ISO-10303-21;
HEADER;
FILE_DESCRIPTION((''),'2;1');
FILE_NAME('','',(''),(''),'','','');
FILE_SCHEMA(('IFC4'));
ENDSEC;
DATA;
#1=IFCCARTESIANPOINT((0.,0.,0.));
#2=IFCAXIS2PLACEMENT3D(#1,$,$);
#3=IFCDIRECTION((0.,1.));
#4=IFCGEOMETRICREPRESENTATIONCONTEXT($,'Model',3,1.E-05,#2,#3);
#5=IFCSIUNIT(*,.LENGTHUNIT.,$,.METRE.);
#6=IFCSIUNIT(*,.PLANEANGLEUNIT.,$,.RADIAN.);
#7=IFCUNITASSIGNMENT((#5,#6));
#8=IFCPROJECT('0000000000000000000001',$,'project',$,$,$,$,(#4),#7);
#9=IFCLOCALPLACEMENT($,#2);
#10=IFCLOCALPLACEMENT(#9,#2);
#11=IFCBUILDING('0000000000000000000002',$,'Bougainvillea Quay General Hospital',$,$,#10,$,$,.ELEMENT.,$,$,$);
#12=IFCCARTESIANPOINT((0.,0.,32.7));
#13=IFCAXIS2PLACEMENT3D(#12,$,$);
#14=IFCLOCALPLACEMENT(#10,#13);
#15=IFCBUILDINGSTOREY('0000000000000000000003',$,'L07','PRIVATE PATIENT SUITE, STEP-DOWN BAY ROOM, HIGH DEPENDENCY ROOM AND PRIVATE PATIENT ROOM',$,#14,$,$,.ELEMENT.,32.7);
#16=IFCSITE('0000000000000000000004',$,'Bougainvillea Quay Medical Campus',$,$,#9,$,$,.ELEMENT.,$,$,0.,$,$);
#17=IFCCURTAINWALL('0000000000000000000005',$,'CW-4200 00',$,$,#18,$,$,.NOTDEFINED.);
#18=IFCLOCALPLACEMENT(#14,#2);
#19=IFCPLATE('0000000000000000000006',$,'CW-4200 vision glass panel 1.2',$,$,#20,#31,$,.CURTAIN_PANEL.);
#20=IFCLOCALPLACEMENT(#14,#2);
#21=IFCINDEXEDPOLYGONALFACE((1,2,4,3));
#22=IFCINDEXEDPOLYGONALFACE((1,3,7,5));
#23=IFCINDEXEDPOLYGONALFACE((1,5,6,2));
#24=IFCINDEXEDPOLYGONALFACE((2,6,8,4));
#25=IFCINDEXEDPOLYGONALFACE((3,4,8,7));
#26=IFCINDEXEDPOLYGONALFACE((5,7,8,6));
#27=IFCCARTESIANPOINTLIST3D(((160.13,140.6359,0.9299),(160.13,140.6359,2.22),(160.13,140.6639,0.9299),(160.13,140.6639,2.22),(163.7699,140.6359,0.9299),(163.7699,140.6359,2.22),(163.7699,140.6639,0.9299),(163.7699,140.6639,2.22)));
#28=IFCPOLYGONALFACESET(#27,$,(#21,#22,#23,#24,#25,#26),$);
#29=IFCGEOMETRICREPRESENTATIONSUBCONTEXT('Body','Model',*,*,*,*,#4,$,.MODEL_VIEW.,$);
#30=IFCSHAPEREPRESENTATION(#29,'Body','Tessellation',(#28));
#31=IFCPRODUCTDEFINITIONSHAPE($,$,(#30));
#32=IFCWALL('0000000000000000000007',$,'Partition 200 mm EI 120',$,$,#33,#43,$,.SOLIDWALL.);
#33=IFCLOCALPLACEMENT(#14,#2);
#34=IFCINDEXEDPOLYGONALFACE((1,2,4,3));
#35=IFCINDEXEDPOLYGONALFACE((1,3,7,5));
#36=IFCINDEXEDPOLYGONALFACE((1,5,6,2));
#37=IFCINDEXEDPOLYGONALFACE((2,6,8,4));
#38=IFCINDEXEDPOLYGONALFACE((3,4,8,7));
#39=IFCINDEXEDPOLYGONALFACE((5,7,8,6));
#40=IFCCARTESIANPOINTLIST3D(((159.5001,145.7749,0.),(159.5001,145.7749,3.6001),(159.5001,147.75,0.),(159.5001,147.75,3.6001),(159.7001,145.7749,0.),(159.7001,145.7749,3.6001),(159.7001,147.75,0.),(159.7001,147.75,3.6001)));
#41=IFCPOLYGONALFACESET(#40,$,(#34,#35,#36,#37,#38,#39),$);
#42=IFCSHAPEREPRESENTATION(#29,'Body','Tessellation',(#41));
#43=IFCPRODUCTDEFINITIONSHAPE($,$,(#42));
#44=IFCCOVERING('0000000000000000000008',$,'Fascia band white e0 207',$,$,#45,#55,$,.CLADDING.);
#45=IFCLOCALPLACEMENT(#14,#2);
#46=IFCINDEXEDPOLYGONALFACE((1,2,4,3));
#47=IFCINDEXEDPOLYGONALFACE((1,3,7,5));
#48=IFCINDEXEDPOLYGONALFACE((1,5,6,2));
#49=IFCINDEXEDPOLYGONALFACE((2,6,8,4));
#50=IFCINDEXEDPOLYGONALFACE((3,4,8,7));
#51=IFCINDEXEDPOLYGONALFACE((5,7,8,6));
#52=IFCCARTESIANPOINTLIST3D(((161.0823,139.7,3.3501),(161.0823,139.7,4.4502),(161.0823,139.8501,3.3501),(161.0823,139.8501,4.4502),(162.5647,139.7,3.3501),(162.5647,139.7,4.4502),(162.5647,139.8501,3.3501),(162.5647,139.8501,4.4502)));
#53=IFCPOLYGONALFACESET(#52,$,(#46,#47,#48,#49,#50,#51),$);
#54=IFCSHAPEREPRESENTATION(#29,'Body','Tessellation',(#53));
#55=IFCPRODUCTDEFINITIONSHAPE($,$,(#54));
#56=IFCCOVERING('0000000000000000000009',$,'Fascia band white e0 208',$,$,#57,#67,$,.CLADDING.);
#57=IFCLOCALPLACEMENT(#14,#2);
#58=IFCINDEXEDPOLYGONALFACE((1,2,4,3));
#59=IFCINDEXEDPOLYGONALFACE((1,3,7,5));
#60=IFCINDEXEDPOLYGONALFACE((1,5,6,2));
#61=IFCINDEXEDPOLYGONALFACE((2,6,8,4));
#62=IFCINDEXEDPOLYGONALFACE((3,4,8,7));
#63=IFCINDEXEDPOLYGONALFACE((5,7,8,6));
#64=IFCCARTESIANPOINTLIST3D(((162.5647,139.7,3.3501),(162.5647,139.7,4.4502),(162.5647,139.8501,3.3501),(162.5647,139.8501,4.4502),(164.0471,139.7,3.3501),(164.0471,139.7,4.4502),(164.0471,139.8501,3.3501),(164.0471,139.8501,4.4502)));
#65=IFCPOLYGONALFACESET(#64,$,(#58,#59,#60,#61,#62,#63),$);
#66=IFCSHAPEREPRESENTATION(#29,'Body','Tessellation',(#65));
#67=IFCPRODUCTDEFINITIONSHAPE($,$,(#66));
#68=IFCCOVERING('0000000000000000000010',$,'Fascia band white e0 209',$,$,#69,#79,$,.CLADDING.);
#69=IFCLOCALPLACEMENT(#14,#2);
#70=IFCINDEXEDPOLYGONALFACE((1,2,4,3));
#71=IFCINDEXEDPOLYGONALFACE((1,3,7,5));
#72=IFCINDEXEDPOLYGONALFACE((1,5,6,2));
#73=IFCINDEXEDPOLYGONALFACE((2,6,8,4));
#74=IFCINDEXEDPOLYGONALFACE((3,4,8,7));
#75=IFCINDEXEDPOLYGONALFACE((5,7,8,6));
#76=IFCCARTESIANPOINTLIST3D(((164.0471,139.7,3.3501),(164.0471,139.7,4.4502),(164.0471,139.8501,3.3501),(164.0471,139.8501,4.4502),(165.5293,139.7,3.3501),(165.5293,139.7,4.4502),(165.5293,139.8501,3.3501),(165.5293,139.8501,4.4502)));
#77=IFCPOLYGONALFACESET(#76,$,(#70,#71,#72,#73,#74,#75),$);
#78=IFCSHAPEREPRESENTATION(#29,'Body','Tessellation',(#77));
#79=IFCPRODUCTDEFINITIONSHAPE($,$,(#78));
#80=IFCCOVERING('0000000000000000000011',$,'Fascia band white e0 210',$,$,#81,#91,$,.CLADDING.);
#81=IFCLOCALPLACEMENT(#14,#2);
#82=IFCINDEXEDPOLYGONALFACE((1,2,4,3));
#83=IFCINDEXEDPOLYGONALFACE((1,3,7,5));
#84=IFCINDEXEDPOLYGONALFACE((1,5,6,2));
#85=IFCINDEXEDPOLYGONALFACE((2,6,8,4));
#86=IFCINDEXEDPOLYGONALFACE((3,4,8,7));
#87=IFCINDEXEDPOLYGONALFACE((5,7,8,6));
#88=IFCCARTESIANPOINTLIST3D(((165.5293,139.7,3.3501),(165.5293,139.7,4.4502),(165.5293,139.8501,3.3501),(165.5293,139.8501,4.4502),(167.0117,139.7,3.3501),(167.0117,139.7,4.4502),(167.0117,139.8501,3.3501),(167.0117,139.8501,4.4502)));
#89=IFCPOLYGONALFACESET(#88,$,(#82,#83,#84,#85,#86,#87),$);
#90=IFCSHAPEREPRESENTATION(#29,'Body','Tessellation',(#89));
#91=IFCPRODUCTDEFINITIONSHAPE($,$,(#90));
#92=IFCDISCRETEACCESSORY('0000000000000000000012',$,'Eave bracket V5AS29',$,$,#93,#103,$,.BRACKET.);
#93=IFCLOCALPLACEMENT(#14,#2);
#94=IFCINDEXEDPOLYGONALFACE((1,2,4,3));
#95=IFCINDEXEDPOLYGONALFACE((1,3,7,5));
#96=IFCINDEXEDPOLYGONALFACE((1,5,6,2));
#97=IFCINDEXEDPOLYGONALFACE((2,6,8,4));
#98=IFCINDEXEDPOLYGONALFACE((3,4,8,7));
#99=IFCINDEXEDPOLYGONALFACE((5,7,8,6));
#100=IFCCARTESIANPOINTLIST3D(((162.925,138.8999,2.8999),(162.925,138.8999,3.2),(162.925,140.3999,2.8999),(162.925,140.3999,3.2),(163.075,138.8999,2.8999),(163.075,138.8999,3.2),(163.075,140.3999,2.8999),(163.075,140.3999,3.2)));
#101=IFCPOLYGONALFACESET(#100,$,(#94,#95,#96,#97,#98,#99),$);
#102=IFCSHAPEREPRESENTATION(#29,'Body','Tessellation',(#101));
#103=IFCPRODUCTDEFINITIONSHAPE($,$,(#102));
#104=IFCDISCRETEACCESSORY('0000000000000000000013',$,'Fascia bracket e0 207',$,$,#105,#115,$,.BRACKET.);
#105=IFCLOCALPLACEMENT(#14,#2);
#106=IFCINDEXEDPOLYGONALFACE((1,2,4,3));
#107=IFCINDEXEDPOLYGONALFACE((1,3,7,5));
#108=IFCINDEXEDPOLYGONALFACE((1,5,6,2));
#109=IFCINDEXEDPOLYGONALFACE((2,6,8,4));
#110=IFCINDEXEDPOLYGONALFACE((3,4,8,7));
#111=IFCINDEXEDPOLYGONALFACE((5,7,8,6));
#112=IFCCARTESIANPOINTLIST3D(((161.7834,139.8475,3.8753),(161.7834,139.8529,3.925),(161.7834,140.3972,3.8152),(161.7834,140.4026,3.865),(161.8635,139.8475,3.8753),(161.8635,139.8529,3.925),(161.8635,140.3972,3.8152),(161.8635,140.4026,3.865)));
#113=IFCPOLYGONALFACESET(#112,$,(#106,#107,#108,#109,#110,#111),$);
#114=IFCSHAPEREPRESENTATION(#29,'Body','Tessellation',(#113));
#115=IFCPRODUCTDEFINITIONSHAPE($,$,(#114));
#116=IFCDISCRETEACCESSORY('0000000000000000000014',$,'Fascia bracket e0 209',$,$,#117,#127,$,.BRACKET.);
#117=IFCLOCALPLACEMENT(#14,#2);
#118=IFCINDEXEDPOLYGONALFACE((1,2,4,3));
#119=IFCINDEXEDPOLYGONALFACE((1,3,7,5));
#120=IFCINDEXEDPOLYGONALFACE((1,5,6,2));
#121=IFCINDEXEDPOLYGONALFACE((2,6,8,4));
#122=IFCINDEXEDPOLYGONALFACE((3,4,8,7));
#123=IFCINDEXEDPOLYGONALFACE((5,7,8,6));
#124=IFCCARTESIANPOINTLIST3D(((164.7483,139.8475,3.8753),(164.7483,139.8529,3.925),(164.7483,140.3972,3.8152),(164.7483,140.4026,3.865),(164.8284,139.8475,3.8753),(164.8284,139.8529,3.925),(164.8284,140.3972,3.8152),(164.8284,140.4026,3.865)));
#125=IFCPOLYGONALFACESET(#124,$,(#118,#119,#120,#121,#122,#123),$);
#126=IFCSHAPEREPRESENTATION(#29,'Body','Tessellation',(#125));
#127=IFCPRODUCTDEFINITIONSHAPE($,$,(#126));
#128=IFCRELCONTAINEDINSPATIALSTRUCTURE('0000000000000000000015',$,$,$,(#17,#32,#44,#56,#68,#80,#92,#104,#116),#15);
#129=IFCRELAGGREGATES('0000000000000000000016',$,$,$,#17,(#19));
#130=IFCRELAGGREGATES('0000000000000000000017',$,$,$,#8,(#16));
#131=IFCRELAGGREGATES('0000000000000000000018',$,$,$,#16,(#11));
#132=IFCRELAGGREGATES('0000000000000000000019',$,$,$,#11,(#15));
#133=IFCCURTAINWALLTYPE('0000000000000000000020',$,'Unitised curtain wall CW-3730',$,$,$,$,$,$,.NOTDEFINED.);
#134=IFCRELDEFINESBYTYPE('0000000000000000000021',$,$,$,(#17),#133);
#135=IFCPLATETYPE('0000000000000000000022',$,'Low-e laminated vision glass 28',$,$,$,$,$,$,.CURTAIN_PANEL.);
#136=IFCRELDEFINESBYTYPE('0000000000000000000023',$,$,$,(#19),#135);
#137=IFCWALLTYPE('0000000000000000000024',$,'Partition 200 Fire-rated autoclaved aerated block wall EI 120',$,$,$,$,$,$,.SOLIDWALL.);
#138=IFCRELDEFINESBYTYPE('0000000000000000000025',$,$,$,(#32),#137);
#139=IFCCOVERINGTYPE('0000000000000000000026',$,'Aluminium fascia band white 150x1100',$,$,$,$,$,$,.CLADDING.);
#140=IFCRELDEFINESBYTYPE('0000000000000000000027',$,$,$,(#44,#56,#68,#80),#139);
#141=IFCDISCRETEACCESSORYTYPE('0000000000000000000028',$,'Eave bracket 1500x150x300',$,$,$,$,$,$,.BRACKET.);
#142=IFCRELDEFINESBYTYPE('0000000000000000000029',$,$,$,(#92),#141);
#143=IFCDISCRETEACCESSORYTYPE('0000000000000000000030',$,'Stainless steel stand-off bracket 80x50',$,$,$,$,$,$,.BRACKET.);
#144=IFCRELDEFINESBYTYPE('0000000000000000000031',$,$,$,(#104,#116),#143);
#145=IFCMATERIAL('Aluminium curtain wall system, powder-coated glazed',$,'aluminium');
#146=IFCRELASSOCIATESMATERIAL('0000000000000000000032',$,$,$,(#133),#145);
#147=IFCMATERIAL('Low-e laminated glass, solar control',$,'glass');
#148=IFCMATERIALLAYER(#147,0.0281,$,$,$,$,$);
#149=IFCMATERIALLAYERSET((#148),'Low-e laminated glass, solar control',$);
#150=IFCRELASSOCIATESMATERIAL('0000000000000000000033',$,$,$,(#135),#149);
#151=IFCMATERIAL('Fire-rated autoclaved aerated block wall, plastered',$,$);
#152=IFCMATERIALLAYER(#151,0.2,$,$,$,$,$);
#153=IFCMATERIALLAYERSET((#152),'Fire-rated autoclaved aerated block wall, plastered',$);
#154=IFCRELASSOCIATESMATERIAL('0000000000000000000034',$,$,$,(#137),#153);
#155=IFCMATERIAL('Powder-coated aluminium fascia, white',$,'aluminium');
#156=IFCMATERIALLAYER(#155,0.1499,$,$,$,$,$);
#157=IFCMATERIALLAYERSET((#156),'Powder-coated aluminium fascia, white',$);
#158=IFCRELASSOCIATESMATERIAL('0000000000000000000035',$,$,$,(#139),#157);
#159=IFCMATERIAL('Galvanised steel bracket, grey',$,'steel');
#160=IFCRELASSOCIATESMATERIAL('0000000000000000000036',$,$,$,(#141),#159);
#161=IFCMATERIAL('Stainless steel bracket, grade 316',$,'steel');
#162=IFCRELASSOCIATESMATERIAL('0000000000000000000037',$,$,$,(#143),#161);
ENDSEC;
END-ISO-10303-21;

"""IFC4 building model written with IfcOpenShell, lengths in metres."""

from ifc_helpers import new_model, si_unit, direction, frame, frame_2d, origin, origin_2d, place, context, subcontext, project, spatial, polyline, rectangle, outline, extrude, material, layer, layer_set, material_profile, profile_set, type_object, element, aggregate, save


model = new_model("IFC4")

# Units and contexts
model_context = context("Model", 3, precision=1e-05, world=origin(), true_north=direction((0.0, 1.0)))
body_context = subcontext(model_context, "Body", "Model", "MODEL_VIEW")
ifc_project = project(units=[si_unit("LENGTHUNIT", "METRE"), si_unit("PLANEANGLEUNIT", "RADIAN")], contexts=[model_context])

# Site, building, storey
site_placement = place(None, origin())
site = spatial("IfcSite", under=ifc_project, at=site_placement, Name="Bougainvillea Quay Medical Campus", CompositionType="ELEMENT", RefElevation=0.0)
building_placement = place(site_placement, origin())
building = spatial("IfcBuilding", under=site, at=building_placement, Name="Bougainvillea Quay General Hospital", CompositionType="ELEMENT")
storey_placement = place(building_placement, frame((0.0, 0.0, 32.7)))
storey = spatial("IfcBuildingStorey", under=building, at=storey_placement, Name="L07", Description="PRIVATE PATIENT SUITE, STEP-DOWN BAY ROOM, HIGH DEPENDENCY ROOM AND PRIVATE PATIENT ROOM", CompositionType="ELEMENT", Elevation=32.7)

# Curtain wall
ifc_material_1 = material(Name="Aluminium curtain wall system, powder-coated glazed", Category="aluminium")
curtain_wall_type = type_object("IfcCurtainWallType", Name="Unitised curtain wall CW-3730", PredefinedType="NOTDEFINED", material=ifc_material_1)
curtain_wall_placement = place(storey_placement, origin())
curtain_wall = element("IfcCurtainWall", 1, at=curtain_wall_placement, inside=storey, type_object=curtain_wall_type, Name="CW-4200 00", PredefinedType="NOTDEFINED")

# Plate
ifc_material_2 = material(Name="Low-e laminated glass, solar control", Category="glass")
ifc_layer_1 = layer(ifc_material_2, 0.0281)
ifc_layer_set_1 = layer_set([ifc_layer_1], Name="Low-e laminated glass, solar control")
plate_type_1 = type_object("IfcPlateType", Name="Low-e laminated vision glass 28", PredefinedType="CURTAIN_PANEL", material=ifc_layer_set_1)
plate_1_placement = place(storey_placement, frame((161.95, 140.6499, 0.9299), z_axis=(0.0, 0.0, 1.0), x_axis=(1.0, 0.0, 0.0)))
plate_1 = element("IfcPlate", 2, at=plate_1_placement, type_object=plate_type_1, Name="CW-4200 vision glass panel 1.2", PredefinedType="CURTAIN_PANEL", context=body_context, shape_type="SweptSolid", body=[
    extrude(rectangle(XDim=3.6399, YDim=0.0281, at=origin_2d()), origin(), (0.0, 0.0, 1.0), 1.29),
])
aggregate(curtain_wall, [plate_1])

# Wall
ifc_material_3 = material(Name="Fire-rated autoclaved aerated block wall, plastered")
ifc_layer_2 = layer(ifc_material_3, 0.2)
ifc_layer_set_2 = layer_set([ifc_layer_2], Name="Fire-rated autoclaved aerated block wall, plastered")
wall_type = type_object("IfcWallType", Name="Partition 200 Fire-rated autoclaved aerated block wall EI 120", PredefinedType="SOLIDWALL", material=ifc_layer_set_2)
wall_placement = place(storey_placement, frame((159.6001, 145.7749, 0.0), z_axis=(0.0, 0.0, 1.0), x_axis=(0.0, 1.0, 0.0)))
element("IfcWall", 3, at=wall_placement, inside=storey, type_object=wall_type, Name="Partition 200 mm EI 120", PredefinedType="SOLIDWALL", context=body_context, shape_type="SweptSolid", body=[
    extrude(rectangle(XDim=1.9751, YDim=0.2, at=frame_2d((0.9875, 0.0))), origin(), (0.0, 0.0, 1.0), 3.6001),
])

# Coverings
ifc_material_4 = material(Name="Powder-coated aluminium fascia, white", Category="aluminium")
ifc_layer_3 = layer(ifc_material_4, 0.1499)
ifc_layer_set_3 = layer_set([ifc_layer_3], Name="Powder-coated aluminium fascia, white")
covering_type = type_object("IfcCoveringType", Name="Aluminium fascia band white 150x1100", PredefinedType="CLADDING", material=ifc_layer_set_3)
for number, where, z_axis, x_axis, name in (
    (4, (161.0823, 139.8501, 3.3501), (0.0, 0.0, 1.0), (1.0, 0.0, 0.0), "Fascia band white e0 207"),
    (5, (162.5647, 139.8501, 3.3501), (0.0, 0.0, 1.0), (1.0, 0.0, 0.0), "Fascia band white e0 208"),
):
    element("IfcCovering", number, at=place(storey_placement, frame(where, z_axis=z_axis, x_axis=x_axis)), inside=storey, type_object=covering_type, Name=name, PredefinedType="CLADDING", context=body_context, shape_type="SweptSolid", body=[
        extrude(outline(polyline([(0.0, 0.0), (1.4824, 0.0), (1.4824, -0.1501), (0.0, -0.1501), (0.0, 0.0)])), origin(), (0.0, 0.0, 1.0), 1.1001),
    ])
covering_1_placement = place(storey_placement, frame((164.0471, 139.8501, 3.3501), z_axis=(0.0, 0.0, 1.0), x_axis=(1.0, 0.0, 0.0)))
element("IfcCovering", 6, at=covering_1_placement, inside=storey, type_object=covering_type, Name="Fascia band white e0 209", PredefinedType="CLADDING", context=body_context, shape_type="SweptSolid", body=[
    extrude(outline(polyline([(0.0, 0.0), (1.4822, 0.0), (1.4822, -0.1501), (0.0, -0.1501), (0.0, 0.0)])), origin(), (0.0, 0.0, 1.0), 1.1001),
])
covering_2_placement = place(storey_placement, frame((165.5293, 139.8501, 3.3501), z_axis=(0.0, 0.0, 1.0), x_axis=(1.0, 0.0, 0.0)))
element("IfcCovering", 7, at=covering_2_placement, inside=storey, type_object=covering_type, Name="Fascia band white e0 210", PredefinedType="CLADDING", context=body_context, shape_type="SweptSolid", body=[
    extrude(outline(polyline([(0.0, 0.0), (1.4824, 0.0), (1.4824, -0.1501), (0.0, -0.1501), (0.0, 0.0)])), origin(), (0.0, 0.0, 1.0), 1.1001),
])

# Discrete accessories
ifc_material_5 = material(Name="Galvanised steel bracket, grey", Category="steel")
discrete_accessory_type_1 = type_object("IfcDiscreteAccessoryType", Name="Eave bracket 1500x150x300", PredefinedType="BRACKET", material=ifc_material_5)
discrete_accessory_placement = place(storey_placement, frame((163.0, 139.6499, 2.8999), z_axis=(0.0, 0.0, 1.0), x_axis=(1.0, 0.0, 0.0)))
element("IfcDiscreteAccessory", 8, at=discrete_accessory_placement, inside=storey, type_object=discrete_accessory_type_1, Name="Eave bracket V5AS29", PredefinedType="BRACKET", context=body_context, shape_type="SweptSolid", body=[
    extrude(rectangle(XDim=0.1499, YDim=1.5, at=origin_2d()), origin(), (0.0, 0.0, 1.0), 0.3),
])
ifc_material_6 = material(Name="Stainless steel bracket, grade 316", Category="steel")
ifc_material_profile_1 = material_profile(ifc_material_6, rectangle(XDim=0.0801, YDim=0.05, at=origin_2d()))
ifc_profile_set_1 = profile_set([ifc_material_profile_1], Name="Stainless steel bracket, grade 316")
discrete_accessory_type_2 = type_object("IfcDiscreteAccessoryType", Name="Stainless steel stand-off bracket 80x50", PredefinedType="BRACKET", material=ifc_profile_set_1)
for number, where, z_axis, x_axis, name in (
    (9, (161.8235, 140.3999, 3.8401), (0.0, -0.994087, 0.10859), (1.0, 0.0, 0.0), "Fascia bracket e0 207"),
    (10, (164.7883, 140.3999, 3.8401), (0.0, -0.994087, 0.10859), (1.0, 0.0, 0.0), "Fascia bracket e0 209"),
):
    element("IfcDiscreteAccessory", number, at=place(storey_placement, frame(where, z_axis=z_axis, x_axis=x_axis)), inside=storey, type_object=discrete_accessory_type_2, Name=name, PredefinedType="BRACKET", context=body_context, shape_type="SweptSolid", body=[
        extrude(rectangle(XDim=0.0801, YDim=0.05, at=origin_2d()), origin(), (0.0, 0.0, 1.0), 0.553),
    ])

save(model, "model.ifc")
